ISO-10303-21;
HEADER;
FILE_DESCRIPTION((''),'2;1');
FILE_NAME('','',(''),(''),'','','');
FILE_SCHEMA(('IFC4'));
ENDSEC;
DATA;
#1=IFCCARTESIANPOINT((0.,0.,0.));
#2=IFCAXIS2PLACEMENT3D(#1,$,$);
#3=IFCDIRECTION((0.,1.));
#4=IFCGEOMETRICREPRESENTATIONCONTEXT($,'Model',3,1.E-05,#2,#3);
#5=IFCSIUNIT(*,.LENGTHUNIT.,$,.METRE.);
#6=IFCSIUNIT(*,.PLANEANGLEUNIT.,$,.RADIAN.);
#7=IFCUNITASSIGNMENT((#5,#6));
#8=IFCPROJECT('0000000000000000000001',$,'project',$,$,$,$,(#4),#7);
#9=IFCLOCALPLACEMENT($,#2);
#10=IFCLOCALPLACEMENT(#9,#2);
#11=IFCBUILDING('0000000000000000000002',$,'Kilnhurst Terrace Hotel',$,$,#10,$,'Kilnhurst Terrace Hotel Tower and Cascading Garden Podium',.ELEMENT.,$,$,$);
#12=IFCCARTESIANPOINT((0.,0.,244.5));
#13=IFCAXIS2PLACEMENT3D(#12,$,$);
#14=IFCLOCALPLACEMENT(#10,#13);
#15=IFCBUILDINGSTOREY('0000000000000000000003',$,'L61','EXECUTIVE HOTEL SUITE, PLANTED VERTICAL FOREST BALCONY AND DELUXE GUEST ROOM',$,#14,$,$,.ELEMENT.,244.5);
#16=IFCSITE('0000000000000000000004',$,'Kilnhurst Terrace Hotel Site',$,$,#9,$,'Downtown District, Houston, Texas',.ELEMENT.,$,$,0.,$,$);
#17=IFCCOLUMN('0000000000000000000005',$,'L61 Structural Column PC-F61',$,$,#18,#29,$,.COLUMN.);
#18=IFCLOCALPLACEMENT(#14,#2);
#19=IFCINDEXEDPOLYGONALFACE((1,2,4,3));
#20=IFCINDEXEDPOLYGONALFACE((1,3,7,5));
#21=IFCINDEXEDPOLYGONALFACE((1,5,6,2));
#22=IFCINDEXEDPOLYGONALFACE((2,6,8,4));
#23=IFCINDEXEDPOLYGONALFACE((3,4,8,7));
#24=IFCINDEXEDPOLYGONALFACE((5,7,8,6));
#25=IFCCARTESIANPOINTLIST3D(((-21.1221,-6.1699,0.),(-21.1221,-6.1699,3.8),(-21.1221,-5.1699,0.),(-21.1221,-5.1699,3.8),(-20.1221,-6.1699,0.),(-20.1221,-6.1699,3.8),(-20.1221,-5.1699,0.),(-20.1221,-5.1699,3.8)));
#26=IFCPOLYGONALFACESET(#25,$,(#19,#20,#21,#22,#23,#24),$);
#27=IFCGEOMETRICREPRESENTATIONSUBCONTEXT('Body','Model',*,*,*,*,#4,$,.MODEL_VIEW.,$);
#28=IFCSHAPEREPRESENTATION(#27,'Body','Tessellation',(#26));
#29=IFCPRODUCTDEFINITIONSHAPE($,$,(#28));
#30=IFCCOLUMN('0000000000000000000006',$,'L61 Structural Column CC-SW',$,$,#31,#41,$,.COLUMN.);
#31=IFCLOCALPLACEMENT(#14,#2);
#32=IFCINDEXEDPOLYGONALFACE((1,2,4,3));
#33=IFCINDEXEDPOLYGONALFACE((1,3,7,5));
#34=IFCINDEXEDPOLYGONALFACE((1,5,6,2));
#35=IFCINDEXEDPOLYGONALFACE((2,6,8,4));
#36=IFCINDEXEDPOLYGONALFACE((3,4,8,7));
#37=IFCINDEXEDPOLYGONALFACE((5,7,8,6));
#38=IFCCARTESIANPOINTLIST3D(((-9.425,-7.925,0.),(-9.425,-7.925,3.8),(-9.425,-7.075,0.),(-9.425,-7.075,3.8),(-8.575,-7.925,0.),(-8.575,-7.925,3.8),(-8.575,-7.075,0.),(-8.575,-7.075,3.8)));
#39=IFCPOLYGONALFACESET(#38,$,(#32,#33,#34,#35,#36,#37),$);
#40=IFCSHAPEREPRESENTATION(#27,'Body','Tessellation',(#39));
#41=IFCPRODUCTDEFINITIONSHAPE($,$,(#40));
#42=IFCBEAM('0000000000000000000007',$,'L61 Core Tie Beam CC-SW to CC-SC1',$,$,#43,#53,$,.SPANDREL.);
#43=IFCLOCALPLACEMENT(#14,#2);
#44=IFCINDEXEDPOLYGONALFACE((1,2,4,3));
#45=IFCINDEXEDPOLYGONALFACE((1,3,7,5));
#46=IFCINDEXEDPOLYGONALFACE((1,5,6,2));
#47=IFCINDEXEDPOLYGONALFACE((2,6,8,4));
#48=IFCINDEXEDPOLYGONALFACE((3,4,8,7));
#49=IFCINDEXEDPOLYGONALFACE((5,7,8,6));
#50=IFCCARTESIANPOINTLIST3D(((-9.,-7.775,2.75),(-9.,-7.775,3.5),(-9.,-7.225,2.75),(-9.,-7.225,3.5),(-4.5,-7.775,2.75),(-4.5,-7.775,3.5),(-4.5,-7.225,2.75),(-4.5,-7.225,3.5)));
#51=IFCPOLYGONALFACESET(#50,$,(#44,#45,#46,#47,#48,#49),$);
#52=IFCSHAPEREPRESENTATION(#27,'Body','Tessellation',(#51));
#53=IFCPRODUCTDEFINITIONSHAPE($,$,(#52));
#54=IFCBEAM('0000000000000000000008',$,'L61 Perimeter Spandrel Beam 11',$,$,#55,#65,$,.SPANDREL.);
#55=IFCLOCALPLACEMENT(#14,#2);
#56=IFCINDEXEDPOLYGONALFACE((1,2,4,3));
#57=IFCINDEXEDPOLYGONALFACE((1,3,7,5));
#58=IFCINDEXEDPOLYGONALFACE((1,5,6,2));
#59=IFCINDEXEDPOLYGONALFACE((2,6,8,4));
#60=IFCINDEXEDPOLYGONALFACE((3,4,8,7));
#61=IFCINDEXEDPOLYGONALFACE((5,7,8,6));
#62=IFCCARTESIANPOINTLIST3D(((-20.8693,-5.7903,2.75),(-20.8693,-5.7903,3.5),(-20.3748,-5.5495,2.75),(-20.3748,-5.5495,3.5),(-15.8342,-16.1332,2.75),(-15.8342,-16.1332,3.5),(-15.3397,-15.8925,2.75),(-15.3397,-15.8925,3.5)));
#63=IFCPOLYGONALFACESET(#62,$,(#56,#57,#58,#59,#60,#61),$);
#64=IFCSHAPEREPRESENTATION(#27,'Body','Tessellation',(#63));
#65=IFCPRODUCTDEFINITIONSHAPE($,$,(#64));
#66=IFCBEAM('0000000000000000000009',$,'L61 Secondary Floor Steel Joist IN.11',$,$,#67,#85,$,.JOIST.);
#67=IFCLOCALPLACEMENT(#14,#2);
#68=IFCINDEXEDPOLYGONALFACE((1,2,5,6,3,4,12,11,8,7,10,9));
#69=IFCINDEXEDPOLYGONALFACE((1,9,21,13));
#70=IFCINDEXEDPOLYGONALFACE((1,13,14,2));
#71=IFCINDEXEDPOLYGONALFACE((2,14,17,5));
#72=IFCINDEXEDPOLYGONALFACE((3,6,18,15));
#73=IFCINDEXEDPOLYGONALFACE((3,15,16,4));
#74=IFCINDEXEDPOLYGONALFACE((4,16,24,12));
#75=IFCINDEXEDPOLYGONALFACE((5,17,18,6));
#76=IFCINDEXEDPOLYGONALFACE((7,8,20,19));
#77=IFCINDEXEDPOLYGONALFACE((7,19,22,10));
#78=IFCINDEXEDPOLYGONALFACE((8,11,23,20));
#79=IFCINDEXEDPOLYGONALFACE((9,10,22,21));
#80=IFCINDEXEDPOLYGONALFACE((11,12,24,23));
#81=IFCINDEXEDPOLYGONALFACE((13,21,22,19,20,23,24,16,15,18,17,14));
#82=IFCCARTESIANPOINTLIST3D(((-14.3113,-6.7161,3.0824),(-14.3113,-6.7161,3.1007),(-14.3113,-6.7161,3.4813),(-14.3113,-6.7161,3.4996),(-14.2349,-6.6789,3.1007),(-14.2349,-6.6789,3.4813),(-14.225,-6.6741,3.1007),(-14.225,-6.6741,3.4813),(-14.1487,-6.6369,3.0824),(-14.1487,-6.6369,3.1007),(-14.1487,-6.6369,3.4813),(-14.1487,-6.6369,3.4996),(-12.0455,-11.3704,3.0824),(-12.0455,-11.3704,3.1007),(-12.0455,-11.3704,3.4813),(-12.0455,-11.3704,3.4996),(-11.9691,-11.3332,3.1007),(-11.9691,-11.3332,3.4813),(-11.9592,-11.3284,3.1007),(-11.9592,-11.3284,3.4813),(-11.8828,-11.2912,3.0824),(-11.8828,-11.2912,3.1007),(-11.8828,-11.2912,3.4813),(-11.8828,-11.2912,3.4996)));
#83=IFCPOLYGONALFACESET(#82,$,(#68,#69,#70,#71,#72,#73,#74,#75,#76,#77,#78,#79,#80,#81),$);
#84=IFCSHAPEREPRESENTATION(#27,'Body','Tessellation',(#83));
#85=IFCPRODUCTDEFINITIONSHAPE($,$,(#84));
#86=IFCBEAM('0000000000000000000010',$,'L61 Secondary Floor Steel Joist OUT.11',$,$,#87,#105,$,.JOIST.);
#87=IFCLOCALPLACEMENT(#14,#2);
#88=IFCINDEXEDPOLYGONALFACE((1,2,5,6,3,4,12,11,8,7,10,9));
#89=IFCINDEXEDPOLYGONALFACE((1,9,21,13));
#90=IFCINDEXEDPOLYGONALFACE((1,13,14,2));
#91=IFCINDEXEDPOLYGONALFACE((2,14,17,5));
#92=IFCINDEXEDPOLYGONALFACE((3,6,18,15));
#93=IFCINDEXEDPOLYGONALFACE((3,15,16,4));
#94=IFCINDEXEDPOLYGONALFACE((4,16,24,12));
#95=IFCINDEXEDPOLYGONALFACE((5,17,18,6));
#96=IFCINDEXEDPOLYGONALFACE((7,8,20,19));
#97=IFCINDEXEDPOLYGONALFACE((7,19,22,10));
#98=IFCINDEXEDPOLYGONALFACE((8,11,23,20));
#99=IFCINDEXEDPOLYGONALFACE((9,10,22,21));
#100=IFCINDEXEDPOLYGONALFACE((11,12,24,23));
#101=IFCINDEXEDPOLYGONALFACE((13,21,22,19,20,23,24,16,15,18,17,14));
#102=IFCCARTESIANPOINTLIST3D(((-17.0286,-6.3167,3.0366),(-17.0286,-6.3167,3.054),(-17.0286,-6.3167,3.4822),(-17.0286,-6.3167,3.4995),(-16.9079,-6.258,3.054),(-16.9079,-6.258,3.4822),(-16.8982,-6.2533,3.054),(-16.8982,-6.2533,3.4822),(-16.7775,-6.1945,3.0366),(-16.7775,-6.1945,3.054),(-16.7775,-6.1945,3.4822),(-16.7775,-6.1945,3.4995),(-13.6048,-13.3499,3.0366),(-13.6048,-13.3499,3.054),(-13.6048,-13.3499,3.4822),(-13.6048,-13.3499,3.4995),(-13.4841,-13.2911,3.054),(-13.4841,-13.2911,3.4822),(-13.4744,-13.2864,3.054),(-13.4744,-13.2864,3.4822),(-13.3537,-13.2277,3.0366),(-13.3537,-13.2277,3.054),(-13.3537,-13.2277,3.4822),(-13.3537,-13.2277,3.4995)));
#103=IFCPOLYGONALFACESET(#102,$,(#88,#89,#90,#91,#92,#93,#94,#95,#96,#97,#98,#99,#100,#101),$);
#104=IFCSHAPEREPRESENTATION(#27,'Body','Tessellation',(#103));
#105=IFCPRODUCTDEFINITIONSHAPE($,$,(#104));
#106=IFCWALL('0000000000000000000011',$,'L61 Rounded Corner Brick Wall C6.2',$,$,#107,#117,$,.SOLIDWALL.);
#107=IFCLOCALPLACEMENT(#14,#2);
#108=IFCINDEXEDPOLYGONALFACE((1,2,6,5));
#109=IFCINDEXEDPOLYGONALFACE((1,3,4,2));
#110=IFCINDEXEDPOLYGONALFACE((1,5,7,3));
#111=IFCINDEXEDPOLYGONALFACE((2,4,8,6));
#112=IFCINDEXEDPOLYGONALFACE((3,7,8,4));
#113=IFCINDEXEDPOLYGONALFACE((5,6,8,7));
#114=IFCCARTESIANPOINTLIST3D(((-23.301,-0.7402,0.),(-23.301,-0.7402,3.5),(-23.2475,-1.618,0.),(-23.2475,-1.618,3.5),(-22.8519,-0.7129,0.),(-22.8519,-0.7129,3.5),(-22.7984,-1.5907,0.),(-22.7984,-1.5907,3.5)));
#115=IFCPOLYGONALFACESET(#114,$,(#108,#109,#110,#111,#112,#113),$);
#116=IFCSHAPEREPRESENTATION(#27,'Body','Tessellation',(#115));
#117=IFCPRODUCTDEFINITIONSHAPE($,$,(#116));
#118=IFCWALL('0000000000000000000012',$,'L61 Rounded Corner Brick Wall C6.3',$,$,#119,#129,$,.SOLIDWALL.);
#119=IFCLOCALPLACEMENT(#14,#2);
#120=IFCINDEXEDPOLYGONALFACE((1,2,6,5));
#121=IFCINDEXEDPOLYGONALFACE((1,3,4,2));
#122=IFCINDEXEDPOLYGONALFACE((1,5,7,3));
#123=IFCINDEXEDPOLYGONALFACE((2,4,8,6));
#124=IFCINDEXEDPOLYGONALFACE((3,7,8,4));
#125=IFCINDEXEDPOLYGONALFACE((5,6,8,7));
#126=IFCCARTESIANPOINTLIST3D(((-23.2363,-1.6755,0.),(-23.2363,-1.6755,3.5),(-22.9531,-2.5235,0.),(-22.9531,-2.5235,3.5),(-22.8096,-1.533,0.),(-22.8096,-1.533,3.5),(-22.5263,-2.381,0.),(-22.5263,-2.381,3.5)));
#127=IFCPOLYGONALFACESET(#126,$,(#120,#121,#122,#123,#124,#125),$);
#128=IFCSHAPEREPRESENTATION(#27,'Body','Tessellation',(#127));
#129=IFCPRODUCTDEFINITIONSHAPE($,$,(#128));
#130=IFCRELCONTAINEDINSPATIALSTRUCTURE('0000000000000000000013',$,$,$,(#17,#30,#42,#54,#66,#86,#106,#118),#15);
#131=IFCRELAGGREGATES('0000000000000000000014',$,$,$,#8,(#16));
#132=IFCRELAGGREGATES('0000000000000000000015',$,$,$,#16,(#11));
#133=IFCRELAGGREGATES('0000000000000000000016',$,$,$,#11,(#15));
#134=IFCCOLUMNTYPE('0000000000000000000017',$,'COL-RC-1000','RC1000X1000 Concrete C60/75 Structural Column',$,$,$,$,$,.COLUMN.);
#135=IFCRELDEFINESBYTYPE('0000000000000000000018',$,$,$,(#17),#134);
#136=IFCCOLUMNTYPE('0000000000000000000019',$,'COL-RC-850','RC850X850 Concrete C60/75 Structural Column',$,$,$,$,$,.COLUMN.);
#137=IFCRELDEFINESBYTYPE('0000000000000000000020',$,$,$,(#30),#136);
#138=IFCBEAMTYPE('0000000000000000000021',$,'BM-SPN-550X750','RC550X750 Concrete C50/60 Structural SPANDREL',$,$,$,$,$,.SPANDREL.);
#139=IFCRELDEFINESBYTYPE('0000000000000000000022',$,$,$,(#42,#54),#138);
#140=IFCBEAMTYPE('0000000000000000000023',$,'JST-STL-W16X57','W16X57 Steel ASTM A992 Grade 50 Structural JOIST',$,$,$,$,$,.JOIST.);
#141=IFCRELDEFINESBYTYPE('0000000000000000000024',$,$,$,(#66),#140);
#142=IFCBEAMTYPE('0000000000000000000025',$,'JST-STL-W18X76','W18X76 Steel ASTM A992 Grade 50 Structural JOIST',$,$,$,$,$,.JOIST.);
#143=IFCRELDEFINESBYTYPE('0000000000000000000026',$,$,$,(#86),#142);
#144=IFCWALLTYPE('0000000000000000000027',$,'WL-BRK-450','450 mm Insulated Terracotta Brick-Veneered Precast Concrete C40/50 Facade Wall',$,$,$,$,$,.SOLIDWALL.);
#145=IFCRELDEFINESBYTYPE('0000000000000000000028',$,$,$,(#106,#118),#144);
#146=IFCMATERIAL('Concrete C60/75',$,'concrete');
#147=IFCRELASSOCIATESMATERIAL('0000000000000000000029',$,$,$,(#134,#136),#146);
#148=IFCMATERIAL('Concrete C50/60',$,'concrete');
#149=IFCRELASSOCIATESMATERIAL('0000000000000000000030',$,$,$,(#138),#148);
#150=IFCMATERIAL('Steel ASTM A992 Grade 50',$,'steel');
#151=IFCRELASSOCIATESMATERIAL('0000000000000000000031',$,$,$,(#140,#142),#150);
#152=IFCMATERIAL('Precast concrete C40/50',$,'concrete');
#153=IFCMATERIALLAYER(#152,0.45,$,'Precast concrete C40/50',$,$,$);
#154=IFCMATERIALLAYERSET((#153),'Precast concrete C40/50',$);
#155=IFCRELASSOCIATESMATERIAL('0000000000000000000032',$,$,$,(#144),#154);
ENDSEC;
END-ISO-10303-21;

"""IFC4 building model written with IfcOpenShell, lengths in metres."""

from ifc_helpers import new_model, si_unit, direction, frame, frame_2d, origin, origin_2d, place, context, subcontext, project, spatial, rectangle, i_section, extrude, material, layer, layer_set, material_profile, profile_set, type_object, element, save


model = new_model("IFC4")

# Units and contexts
model_context = context("Model", 3, precision=1e-05, world=origin(), true_north=direction((0.0, 1.0)))
body_context = subcontext(model_context, "Body", "Model", "MODEL_VIEW")
ifc_project = project(units=[si_unit("LENGTHUNIT", "METRE"), si_unit("PLANEANGLEUNIT", "RADIAN")], contexts=[model_context])

# Site, building, storey
site_placement = place(None, origin())
site = spatial("IfcSite", under=ifc_project, at=site_placement, Name="Kilnhurst Terrace Hotel Site", LongName="Downtown District, Houston, Texas", CompositionType="ELEMENT", RefElevation=0.0)
building_placement = place(site_placement, origin())
building = spatial("IfcBuilding", under=site, at=building_placement, Name="Kilnhurst Terrace Hotel", LongName="Kilnhurst Terrace Hotel Tower and Cascading Garden Podium", CompositionType="ELEMENT")
storey_placement = place(building_placement, frame((0.0, 0.0, 244.5)))
storey = spatial("IfcBuildingStorey", under=building, at=storey_placement, Name="L61", Description="EXECUTIVE HOTEL SUITE, PLANTED VERTICAL FOREST BALCONY AND DELUXE GUEST ROOM", CompositionType="ELEMENT", Elevation=244.5)

# Columns
ifc_material_1 = material(Name="Concrete C60/75", Category="concrete")
ifc_material_profile_1 = material_profile(ifc_material_1, rectangle(XDim=1.0, YDim=1.0, at=origin_2d()), Name="RC1000X1000")
ifc_profile_set_1 = profile_set([ifc_material_profile_1], Name="Concrete C60/75")
column_type_1 = type_object("IfcColumnType", Name="COL-RC-1000", Description="RC1000X1000 Concrete C60/75 Structural Column", PredefinedType="COLUMN", material=ifc_profile_set_1)
column_1_placement = place(storey_placement, frame((-20.6221, -5.6699, 0.0), z_axis=(0.0, 0.0, 1.0), x_axis=(1.0, 0.0, 0.0)))
element("IfcColumn", 1, at=column_1_placement, inside=storey, type_object=column_type_1, Name="L61 Structural Column PC-F61", PredefinedType="COLUMN", context=body_context, shape_type="SweptSolid", body=[
    extrude(rectangle(XDim=1.0, YDim=1.0, at=origin_2d()), origin(), (0.0, 0.0, 1.0), 3.8),
])
ifc_material_profile_2 = material_profile(ifc_material_1, rectangle(XDim=0.8501, YDim=0.8501, at=origin_2d()), Name="RC850X850")
ifc_profile_set_2 = profile_set([ifc_material_profile_2], Name="Concrete C60/75")
column_type_2 = type_object("IfcColumnType", Name="COL-RC-850", Description="RC850X850 Concrete C60/75 Structural Column", PredefinedType="COLUMN", material=ifc_profile_set_2)
column_2_placement = place(storey_placement, frame((-9.0, -7.5, 0.0), z_axis=(0.0, 0.0, 1.0), x_axis=(1.0, 0.0, 0.0)))
element("IfcColumn", 2, at=column_2_placement, inside=storey, type_object=column_type_2, Name="L61 Structural Column CC-SW", PredefinedType="COLUMN", context=body_context, shape_type="SweptSolid", body=[
    extrude(rectangle(XDim=0.8501, YDim=0.8501, at=origin_2d()), origin(), (0.0, 0.0, 1.0), 3.8),
])

# Beams
ifc_material_2 = material(Name="Concrete C50/60", Category="concrete")
ifc_material_profile_3 = material_profile(ifc_material_2, rectangle(XDim=0.55, YDim=0.75, at=origin_2d()), Name="RC550X750")
ifc_profile_set_3 = profile_set([ifc_material_profile_3], Name="Concrete C50/60")
beam_type_1 = type_object("IfcBeamType", Name="BM-SPN-550X750", Description="RC550X750 Concrete C50/60 Structural SPANDREL", PredefinedType="SPANDREL", material=ifc_profile_set_3)
beam_1_placement = place(storey_placement, frame((-9.0, -7.5, 3.125), z_axis=(1.0, 0.0, 0.0), x_axis=(0.0, 1.0, 0.0)))
element("IfcBeam", 3, at=beam_1_placement, inside=storey, type_object=beam_type_1, Name="L61 Core Tie Beam CC-SW to CC-SC1", PredefinedType="SPANDREL", context=body_context, shape_type="SweptSolid", body=[
    extrude(rectangle(XDim=0.55, YDim=0.75, at=origin_2d()), origin(), (0.0, 0.0, 1.0), 4.5),
])
beam_2_placement = place(storey_placement, frame((-20.6221, -5.6699, 3.125), z_axis=(0.437706, -0.899118, 0.0), x_axis=(0.899118, 0.437706, 0.0)))
element("IfcBeam", 4, at=beam_2_placement, inside=storey, type_object=beam_type_1, Name="L61 Perimeter Spandrel Beam 11", PredefinedType="SPANDREL", context=body_context, shape_type="SweptSolid", body=[
    extrude(rectangle(XDim=0.55, YDim=0.75, at=origin_2d()), origin(), (0.0, 0.0, 1.0), 11.5034),
])
ifc_material_3 = material(Name="Steel ASTM A992 Grade 50", Category="steel")
ifc_material_profile_4 = material_profile(ifc_material_3, i_section(OverallWidth=0.1809, OverallDepth=0.4172, WebThickness=0.011, FlangeThickness=0.0183, at=origin_2d()), Name="W16X57")
ifc_profile_set_4 = profile_set([ifc_material_profile_4], Name="Steel ASTM A992 Grade 50")
beam_type_2 = type_object("IfcBeamType", Name="JST-STL-W16X57", Description="W16X57 Steel ASTM A992 Grade 50 Structural JOIST", PredefinedType="JOIST", material=ifc_profile_set_4)
beam_3_placement = place(storey_placement, frame((-14.23, -6.6765, 3.291), z_axis=(0.437718, -0.899112, 0.0), x_axis=(0.899112, 0.437718, 0.0)))
element("IfcBeam", 5, at=beam_3_placement, inside=storey, type_object=beam_type_2, Name="L61 Secondary Floor Steel Joist IN.11", PredefinedType="JOIST", context=body_context, shape_type="SweptSolid", body=[
    extrude(i_section(OverallWidth=0.1809, OverallDepth=0.4172, WebThickness=0.011, FlangeThickness=0.0183, at=origin_2d()), origin(), (0.0, 0.0, 1.0), 5.1765),
])
ifc_material_profile_5 = material_profile(ifc_material_3, i_section(OverallWidth=0.2793, OverallDepth=0.4629, WebThickness=0.0107, FlangeThickness=0.0173, at=origin_2d()), Name="W18X76")
ifc_profile_set_5 = profile_set([ifc_material_profile_5], Name="Steel ASTM A992 Grade 50")
beam_type_3 = type_object("IfcBeamType", Name="JST-STL-W18X76", Description="W18X76 Steel ASTM A992 Grade 50 Structural JOIST", PredefinedType="JOIST", material=ifc_profile_set_5)
beam_4_placement = place(storey_placement, frame((-16.9031, -6.2556, 3.2681), z_axis=(0.4377, -0.899121, 0.0), x_axis=(0.899121, 0.4377, 0.0)))
element("IfcBeam", 6, at=beam_4_placement, inside=storey, type_object=beam_type_3, Name="L61 Secondary Floor Steel Joist OUT.11", PredefinedType="JOIST", context=body_context, shape_type="SweptSolid", body=[
    extrude(i_section(OverallWidth=0.2793, OverallDepth=0.4629, WebThickness=0.0107, FlangeThickness=0.0173, at=origin_2d()), origin(), (0.0, 0.0, 1.0), 7.8223),
])

# Walls
ifc_material_4 = material(Name="Precast concrete C40/50", Category="concrete")
ifc_layer_1 = layer(ifc_material_4, 0.45, Name="Precast concrete C40/50")
ifc_layer_set_1 = layer_set([ifc_layer_1], Name="Precast concrete C40/50")
wall_type_1 = type_object("IfcWallType", Name="WL-BRK-450", Description="450 mm Insulated Terracotta Brick-Veneered Precast Concrete C40/50 Facade Wall", PredefinedType="SOLIDWALL", material=ifc_layer_set_1)
wall_1_placement = place(storey_placement, frame((-23.0764, -0.7266, 0.0), z_axis=(0.0, 0.0, 1.0), x_axis=(0.060805, -0.99815, 0.0)))
element("IfcWall", 7, at=wall_1_placement, inside=storey, type_object=wall_type_1, Name="L61 Rounded Corner Brick Wall C6.2", PredefinedType="SOLIDWALL", context=body_context, shape_type="SweptSolid", body=[
    extrude(rectangle(XDim=0.8794, YDim=0.45, at=frame_2d((0.4397, 0.0))), origin(), (0.0, 0.0, 1.0), 3.5),
])
wall_2_placement = place(storey_placement, frame((-23.0229, -1.6042, 0.0), z_axis=(0.0, 0.0, 1.0), x_axis=(0.316801, -0.948492, 0.0)))
element("IfcWall", 8, at=wall_2_placement, inside=storey, type_object=wall_type_1, Name="L61 Rounded Corner Brick Wall C6.3", PredefinedType="SOLIDWALL", context=body_context, shape_type="SweptSolid", body=[
    extrude(rectangle(XDim=0.894, YDim=0.45, at=frame_2d((0.447, 0.0))), origin(), (0.0, 0.0, 1.0), 3.5),
])

save(model, "model.ifc")
